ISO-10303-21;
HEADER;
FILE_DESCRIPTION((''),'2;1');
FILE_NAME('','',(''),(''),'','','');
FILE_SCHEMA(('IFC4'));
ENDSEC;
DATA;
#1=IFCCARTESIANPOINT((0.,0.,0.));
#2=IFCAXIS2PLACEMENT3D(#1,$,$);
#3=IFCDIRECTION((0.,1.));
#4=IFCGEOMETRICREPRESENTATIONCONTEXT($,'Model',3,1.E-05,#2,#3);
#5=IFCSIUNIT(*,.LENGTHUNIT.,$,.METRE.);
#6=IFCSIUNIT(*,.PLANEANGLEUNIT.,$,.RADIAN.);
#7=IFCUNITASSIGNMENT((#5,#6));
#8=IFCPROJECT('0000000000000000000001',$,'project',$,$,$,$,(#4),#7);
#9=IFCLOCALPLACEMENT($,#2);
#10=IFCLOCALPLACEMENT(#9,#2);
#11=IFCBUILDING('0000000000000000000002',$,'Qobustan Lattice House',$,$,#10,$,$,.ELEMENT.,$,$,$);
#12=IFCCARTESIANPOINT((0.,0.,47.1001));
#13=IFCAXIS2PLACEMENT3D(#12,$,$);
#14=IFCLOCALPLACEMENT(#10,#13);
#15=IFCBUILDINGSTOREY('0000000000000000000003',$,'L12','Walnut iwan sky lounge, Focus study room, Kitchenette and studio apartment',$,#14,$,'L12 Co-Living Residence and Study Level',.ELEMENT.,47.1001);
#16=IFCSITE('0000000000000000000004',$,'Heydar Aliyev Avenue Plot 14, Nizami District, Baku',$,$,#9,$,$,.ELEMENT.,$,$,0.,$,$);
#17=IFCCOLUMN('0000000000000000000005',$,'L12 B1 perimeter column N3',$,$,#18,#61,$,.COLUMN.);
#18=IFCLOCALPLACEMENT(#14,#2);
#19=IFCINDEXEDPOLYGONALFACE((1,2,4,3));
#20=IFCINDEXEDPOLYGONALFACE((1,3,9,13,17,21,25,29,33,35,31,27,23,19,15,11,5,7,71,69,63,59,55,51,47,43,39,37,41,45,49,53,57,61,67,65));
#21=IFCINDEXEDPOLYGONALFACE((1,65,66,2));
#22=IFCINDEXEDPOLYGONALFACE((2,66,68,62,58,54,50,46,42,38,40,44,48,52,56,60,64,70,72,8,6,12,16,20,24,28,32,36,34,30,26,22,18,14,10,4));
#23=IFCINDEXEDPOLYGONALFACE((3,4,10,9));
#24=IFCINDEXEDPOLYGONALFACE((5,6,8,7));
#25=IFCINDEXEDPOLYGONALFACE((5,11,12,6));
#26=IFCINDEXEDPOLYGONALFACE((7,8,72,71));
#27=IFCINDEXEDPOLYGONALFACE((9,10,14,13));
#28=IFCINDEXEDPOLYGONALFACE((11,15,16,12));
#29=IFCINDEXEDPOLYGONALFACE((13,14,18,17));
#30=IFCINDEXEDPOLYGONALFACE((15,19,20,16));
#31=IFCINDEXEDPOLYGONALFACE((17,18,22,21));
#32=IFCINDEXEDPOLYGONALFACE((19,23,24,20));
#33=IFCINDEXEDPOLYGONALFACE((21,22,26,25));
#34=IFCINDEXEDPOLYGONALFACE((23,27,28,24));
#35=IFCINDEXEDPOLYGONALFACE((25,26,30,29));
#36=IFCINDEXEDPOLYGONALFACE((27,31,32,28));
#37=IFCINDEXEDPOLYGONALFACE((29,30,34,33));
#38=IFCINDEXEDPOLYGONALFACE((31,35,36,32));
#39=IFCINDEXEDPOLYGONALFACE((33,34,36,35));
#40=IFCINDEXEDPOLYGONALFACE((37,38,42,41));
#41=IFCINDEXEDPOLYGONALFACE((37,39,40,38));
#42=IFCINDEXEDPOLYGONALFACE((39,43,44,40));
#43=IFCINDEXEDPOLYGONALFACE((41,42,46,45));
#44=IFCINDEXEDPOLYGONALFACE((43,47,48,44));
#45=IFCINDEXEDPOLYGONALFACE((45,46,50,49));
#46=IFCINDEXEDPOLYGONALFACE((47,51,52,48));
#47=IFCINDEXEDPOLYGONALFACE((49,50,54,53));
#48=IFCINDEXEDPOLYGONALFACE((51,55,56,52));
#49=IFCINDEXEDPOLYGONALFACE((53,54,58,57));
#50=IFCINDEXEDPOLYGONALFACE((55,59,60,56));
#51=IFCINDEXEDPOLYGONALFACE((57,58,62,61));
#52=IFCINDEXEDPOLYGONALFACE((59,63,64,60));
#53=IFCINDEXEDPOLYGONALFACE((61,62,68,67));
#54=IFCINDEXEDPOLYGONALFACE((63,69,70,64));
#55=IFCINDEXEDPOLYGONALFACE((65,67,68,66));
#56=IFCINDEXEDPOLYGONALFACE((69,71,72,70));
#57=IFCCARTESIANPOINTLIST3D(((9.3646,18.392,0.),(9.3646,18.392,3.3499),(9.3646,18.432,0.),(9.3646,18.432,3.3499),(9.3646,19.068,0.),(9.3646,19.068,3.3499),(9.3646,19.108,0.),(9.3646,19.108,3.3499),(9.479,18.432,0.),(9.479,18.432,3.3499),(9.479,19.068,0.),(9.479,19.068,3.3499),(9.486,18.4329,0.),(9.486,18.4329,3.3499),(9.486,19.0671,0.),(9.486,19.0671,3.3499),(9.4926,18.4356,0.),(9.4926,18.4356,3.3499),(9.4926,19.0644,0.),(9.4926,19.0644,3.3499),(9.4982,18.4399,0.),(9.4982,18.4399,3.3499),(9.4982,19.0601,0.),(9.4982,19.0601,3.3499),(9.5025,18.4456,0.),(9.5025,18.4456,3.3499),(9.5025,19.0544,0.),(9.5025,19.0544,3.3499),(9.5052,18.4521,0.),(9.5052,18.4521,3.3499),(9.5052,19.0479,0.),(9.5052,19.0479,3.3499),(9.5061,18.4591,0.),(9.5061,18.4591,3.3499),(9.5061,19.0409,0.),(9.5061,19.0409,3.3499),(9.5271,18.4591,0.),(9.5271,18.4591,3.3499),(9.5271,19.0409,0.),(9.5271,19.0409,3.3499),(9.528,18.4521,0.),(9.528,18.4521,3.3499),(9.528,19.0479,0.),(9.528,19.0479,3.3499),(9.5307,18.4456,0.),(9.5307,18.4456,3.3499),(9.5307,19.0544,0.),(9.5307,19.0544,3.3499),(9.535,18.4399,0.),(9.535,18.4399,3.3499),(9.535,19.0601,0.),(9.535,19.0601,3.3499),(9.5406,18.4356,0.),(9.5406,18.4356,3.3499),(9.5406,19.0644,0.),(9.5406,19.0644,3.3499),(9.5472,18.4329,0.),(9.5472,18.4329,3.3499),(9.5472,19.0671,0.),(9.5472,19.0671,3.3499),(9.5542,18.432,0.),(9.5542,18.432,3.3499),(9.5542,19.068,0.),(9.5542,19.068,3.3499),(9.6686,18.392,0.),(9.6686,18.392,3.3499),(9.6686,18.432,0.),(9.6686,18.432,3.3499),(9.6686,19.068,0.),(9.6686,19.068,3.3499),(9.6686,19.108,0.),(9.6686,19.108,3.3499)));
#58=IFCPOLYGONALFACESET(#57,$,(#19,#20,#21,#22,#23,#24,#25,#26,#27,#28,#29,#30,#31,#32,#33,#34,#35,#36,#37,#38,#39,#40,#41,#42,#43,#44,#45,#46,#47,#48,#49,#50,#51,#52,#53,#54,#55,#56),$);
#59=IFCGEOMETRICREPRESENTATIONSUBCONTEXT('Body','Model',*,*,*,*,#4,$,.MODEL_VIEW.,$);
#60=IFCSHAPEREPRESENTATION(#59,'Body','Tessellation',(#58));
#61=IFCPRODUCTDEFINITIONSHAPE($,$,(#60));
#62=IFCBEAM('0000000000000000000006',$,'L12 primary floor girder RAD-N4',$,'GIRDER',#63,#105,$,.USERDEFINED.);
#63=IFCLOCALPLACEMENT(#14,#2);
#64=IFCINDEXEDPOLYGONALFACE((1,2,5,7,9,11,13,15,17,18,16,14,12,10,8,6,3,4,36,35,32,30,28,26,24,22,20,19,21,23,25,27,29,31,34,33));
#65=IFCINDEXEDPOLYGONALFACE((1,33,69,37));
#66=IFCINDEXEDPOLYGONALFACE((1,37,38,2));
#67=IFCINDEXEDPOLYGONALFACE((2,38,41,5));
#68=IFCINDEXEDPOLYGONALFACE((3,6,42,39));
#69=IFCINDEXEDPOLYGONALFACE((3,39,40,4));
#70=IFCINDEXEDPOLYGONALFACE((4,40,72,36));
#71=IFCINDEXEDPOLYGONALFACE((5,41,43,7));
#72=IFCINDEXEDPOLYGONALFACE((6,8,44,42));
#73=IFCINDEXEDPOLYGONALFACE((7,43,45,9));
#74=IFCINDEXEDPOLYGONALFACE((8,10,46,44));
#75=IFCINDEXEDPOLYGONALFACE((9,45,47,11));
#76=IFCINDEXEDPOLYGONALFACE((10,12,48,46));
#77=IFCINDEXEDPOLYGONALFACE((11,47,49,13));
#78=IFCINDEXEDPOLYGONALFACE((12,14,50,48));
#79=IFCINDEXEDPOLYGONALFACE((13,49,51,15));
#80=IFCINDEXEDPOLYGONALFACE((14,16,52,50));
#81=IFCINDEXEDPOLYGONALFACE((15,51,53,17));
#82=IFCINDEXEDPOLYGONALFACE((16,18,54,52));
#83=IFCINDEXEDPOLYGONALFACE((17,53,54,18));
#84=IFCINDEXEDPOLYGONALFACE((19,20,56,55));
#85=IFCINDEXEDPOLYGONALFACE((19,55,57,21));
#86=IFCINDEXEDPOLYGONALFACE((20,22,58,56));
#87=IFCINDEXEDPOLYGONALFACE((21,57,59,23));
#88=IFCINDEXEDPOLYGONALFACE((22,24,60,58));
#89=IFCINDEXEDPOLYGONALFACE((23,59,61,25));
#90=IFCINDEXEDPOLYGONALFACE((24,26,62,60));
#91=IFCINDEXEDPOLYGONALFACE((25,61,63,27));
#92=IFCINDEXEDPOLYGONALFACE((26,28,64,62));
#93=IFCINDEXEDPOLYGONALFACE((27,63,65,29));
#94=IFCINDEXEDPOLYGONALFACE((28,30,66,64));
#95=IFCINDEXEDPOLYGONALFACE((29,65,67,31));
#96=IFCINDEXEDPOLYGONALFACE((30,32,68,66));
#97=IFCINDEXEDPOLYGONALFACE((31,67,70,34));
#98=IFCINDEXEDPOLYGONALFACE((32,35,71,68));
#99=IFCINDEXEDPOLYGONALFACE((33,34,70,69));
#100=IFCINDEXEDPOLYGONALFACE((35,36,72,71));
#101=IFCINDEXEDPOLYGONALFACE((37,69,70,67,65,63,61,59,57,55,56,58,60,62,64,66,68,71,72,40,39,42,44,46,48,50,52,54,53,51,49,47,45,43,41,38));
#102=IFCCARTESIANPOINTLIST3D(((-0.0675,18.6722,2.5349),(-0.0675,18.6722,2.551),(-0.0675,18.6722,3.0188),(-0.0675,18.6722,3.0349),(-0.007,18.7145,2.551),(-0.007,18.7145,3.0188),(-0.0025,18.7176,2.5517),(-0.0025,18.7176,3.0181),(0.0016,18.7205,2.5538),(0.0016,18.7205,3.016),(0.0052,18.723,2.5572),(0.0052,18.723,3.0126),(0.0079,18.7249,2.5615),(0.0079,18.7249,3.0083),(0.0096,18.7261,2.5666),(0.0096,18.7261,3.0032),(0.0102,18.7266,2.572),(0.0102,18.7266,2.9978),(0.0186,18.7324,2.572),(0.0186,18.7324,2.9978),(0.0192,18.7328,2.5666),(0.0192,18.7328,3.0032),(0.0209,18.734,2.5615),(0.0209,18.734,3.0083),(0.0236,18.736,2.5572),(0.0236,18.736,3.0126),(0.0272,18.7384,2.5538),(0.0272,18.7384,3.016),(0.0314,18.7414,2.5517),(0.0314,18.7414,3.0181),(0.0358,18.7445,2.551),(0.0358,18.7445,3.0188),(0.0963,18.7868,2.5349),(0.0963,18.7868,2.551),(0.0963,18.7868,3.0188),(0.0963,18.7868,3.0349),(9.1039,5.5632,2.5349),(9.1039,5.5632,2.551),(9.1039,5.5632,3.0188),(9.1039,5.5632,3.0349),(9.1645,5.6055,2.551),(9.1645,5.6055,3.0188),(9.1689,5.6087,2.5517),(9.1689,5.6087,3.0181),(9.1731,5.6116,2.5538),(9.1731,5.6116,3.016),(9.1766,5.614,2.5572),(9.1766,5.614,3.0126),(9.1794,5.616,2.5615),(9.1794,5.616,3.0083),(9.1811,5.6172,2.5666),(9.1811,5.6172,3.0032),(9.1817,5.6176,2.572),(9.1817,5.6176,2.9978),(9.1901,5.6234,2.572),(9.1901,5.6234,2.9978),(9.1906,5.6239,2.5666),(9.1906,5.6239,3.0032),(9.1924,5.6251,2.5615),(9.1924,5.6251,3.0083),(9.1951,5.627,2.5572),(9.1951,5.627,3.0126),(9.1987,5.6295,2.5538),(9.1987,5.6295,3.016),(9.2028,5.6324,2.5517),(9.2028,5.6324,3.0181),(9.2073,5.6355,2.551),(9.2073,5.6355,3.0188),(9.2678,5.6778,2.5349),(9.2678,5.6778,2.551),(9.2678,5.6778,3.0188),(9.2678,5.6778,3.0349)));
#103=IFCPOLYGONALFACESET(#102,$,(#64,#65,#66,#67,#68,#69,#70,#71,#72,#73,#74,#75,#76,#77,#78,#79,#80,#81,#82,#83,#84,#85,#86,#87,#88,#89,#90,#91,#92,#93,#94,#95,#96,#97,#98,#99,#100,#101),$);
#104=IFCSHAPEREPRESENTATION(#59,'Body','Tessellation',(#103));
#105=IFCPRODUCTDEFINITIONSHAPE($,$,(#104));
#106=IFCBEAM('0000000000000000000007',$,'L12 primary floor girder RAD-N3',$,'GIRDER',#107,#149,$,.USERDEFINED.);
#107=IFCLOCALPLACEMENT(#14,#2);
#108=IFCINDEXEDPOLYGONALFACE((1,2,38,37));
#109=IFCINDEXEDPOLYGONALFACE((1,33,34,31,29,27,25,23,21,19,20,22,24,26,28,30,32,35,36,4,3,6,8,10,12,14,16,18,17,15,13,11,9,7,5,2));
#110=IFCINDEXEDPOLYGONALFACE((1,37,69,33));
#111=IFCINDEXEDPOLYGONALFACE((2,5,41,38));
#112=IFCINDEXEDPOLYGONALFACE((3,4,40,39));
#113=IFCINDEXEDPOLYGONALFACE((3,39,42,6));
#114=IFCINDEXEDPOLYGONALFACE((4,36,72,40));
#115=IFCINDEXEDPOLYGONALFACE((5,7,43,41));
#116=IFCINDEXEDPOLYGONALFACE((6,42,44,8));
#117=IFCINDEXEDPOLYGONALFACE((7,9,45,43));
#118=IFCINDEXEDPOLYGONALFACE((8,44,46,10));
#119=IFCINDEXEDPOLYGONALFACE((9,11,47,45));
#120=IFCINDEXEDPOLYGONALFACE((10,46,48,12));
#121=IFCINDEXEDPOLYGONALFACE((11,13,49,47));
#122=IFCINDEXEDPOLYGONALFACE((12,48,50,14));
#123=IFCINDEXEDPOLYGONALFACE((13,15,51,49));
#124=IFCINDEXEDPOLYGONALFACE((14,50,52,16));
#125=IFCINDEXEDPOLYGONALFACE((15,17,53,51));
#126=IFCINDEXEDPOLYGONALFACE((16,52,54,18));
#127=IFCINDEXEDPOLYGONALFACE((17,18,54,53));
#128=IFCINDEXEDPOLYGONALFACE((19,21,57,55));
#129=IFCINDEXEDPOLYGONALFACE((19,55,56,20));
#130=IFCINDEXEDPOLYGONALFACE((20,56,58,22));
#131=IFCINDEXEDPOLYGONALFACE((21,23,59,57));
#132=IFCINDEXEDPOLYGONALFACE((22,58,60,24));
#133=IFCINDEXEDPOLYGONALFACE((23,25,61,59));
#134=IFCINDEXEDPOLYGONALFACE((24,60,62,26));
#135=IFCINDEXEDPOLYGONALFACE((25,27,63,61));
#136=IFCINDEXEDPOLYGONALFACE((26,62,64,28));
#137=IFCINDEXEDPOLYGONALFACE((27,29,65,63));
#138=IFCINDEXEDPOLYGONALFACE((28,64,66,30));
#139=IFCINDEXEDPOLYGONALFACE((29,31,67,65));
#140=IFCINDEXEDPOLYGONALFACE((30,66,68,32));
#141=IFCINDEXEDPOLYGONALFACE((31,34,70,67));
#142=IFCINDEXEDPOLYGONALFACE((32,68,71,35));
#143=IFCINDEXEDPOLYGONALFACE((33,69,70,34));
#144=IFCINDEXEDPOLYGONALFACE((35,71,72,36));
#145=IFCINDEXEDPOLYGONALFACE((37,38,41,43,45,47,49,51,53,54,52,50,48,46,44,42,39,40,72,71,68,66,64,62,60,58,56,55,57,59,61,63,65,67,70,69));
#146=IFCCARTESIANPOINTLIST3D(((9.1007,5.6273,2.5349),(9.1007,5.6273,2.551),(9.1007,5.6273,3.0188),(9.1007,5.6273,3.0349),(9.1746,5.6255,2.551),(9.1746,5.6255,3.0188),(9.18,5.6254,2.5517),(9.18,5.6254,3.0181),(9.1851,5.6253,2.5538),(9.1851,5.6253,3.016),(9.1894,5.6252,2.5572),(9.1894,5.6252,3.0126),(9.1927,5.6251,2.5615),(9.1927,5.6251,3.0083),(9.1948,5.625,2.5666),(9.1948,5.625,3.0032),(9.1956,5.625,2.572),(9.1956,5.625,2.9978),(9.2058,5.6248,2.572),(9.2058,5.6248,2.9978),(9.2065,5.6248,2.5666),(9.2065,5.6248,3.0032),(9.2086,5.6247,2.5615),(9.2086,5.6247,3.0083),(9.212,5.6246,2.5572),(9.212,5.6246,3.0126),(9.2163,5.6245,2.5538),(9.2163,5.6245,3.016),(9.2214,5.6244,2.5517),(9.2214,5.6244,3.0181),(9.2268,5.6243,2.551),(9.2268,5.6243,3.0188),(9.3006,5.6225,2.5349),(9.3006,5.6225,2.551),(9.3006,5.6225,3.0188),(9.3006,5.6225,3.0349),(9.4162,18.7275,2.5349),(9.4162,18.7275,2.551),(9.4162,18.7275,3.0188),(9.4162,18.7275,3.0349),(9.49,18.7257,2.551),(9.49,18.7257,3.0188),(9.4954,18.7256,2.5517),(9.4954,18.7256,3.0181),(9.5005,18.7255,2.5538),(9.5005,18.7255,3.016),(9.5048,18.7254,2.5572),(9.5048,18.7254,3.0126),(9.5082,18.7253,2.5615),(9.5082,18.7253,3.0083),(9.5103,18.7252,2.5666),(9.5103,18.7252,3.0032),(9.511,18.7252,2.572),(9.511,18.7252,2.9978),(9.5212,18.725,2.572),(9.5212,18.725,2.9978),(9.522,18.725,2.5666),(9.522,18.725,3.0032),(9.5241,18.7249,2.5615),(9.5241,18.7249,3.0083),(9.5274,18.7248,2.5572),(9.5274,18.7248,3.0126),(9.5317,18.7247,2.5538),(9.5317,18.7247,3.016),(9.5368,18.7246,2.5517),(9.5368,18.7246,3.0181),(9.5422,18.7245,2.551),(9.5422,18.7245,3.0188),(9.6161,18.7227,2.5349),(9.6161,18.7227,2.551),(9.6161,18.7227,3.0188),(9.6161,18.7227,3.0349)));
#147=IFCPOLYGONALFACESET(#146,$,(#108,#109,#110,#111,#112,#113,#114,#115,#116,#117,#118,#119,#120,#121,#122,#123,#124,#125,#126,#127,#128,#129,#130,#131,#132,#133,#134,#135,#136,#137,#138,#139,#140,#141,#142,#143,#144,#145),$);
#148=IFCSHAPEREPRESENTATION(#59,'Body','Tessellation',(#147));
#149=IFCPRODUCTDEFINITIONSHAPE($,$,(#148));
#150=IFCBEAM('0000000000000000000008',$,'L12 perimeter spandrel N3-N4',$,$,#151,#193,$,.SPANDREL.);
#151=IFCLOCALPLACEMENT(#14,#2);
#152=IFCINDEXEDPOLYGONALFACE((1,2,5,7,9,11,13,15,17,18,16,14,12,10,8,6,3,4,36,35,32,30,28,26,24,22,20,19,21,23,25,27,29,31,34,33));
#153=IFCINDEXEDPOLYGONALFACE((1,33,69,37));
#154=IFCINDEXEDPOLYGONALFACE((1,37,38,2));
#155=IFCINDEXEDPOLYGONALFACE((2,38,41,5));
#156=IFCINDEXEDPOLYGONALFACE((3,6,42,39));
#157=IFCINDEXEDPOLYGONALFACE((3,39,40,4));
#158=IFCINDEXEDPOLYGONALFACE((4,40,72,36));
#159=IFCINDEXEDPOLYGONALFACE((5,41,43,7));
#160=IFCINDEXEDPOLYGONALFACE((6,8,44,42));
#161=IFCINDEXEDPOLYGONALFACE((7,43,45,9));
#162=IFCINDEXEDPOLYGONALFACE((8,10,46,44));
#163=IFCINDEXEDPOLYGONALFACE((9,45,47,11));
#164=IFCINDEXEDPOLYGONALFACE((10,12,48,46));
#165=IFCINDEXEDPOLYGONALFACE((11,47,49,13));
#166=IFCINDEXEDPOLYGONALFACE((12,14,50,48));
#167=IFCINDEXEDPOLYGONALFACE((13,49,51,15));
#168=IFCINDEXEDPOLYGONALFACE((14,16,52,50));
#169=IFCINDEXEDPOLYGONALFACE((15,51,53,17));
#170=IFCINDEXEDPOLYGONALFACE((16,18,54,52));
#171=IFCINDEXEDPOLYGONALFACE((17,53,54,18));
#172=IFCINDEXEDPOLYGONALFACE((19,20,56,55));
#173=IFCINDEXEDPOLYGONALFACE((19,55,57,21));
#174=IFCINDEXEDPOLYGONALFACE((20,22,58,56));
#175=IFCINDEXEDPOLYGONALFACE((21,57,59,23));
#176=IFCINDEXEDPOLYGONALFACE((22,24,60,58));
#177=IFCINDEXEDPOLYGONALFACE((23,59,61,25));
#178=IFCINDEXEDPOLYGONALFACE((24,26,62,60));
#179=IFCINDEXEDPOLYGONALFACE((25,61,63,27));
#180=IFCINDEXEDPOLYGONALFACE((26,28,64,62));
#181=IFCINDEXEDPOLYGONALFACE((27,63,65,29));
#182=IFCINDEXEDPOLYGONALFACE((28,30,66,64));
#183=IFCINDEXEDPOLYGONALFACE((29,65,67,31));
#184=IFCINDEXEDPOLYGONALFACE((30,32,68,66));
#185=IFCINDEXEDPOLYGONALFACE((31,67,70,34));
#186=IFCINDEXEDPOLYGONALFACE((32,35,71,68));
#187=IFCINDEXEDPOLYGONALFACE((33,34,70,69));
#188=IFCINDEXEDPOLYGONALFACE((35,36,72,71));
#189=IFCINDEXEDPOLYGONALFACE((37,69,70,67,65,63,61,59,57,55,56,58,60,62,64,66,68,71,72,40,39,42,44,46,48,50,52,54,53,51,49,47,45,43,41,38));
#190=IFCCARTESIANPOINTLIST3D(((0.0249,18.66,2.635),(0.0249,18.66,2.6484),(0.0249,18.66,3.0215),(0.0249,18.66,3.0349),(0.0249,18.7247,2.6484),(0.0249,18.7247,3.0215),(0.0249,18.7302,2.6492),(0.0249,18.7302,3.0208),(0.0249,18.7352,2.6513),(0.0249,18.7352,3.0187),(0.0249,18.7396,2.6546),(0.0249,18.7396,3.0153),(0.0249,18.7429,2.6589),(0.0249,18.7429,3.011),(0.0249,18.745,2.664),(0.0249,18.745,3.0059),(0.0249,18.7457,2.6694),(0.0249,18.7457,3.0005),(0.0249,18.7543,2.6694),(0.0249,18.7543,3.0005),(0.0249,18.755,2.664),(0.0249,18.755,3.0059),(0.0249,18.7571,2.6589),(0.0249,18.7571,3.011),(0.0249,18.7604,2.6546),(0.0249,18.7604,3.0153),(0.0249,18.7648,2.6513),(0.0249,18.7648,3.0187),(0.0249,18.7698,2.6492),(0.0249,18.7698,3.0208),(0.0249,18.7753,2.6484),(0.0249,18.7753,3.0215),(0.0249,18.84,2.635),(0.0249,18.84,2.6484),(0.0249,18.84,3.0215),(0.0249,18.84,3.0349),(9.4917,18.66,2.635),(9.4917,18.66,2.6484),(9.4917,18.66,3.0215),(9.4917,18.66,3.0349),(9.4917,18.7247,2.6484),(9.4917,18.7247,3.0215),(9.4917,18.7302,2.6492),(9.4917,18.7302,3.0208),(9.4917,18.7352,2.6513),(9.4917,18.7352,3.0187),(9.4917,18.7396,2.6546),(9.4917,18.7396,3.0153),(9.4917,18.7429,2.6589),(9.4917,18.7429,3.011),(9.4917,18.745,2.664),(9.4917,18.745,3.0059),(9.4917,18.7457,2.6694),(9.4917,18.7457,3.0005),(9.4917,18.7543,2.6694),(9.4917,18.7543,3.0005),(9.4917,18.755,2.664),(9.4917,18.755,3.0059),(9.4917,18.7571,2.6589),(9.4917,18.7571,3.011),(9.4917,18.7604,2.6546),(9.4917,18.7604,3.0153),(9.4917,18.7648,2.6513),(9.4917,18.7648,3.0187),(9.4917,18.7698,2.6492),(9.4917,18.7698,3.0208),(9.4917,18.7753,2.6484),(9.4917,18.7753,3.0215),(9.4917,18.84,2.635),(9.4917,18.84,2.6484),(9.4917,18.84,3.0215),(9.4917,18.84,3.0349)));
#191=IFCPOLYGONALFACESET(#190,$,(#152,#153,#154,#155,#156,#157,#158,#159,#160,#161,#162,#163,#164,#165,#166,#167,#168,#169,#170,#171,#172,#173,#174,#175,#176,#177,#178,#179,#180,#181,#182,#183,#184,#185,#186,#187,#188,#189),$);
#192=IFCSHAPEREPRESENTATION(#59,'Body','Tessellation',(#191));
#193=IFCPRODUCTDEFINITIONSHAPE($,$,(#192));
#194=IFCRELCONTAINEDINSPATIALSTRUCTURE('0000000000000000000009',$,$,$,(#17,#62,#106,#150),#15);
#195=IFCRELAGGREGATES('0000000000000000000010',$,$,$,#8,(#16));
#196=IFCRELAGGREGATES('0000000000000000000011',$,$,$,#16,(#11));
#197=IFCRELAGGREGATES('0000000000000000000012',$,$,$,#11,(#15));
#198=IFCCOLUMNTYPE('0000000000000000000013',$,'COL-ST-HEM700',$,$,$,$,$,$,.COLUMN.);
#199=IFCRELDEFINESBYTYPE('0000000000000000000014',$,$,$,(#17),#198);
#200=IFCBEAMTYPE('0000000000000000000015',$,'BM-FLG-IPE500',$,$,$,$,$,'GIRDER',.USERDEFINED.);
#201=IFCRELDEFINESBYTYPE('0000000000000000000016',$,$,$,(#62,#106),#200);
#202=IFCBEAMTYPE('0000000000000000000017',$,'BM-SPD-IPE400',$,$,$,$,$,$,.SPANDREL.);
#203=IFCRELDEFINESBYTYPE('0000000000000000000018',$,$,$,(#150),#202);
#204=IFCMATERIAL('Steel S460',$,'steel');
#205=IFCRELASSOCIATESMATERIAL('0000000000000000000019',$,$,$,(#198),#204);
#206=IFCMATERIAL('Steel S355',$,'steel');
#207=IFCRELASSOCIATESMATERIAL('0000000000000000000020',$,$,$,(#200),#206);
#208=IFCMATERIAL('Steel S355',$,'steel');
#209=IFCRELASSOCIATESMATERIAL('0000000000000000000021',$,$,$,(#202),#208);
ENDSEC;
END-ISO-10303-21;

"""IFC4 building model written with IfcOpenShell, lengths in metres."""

from ifc_helpers import new_model, si_unit, direction, frame, origin, origin_2d, place, context, subcontext, project, spatial, i_section, extrude, material, material_profile, profile_set, type_object, element, save


model = new_model("IFC4")

# Units and contexts
model_context = context("Model", 3, precision=1e-05, world=origin(), true_north=direction((0.0, 1.0)))
body_context = subcontext(model_context, "Body", "Model", "MODEL_VIEW")
ifc_project = project(units=[si_unit("LENGTHUNIT", "METRE"), si_unit("PLANEANGLEUNIT", "RADIAN")], contexts=[model_context])

# Site, building, storey
site_placement = place(None, origin())
site = spatial("IfcSite", under=ifc_project, at=site_placement, Name="Heydar Aliyev Avenue Plot 14, Nizami District, Baku", CompositionType="ELEMENT", RefElevation=0.0)
building_placement = place(site_placement, origin())
building = spatial("IfcBuilding", under=site, at=building_placement, Name="Qobustan Lattice House", CompositionType="ELEMENT")
storey_placement = place(building_placement, frame((0.0, 0.0, 47.1001)))
storey = spatial("IfcBuildingStorey", under=building, at=storey_placement, Name="L12", Description="Walnut iwan sky lounge, Focus study room, Kitchenette and studio apartment", LongName="L12 Co-Living Residence and Study Level", CompositionType="ELEMENT", Elevation=47.1001)

# Column
ifc_material_1 = material(Name="Steel S460", Category="steel")
ifc_material_profile_1 = material_profile(ifc_material_1, i_section(OverallWidth=0.304, OverallDepth=0.7161, WebThickness=0.021, FlangeThickness=0.04, FilletRadius=0.0271, at=origin_2d()), Name="HEM700")
ifc_profile_set_1 = profile_set([ifc_material_profile_1], Name="Steel S460")
column_type = type_object("IfcColumnType", Name="COL-ST-HEM700", PredefinedType="COLUMN", material=ifc_profile_set_1)
column_placement = place(storey_placement, frame((9.5166, 18.75, 0.0), z_axis=(0.0, 0.0, 1.0), x_axis=(1.0, 0.0, 0.0)))
element("IfcColumn", 1, at=column_placement, inside=storey, type_object=column_type, Name="L12 B1 perimeter column N3", PredefinedType="COLUMN", context=body_context, shape_type="SweptSolid", body=[
    extrude(i_section(OverallWidth=0.304, OverallDepth=0.7161, WebThickness=0.021, FlangeThickness=0.04, FilletRadius=0.0271, at=origin_2d()), origin(), (0.0, 0.0, 1.0), 3.3499),
])

# Beams
ifc_material_2 = material(Name="Steel S355", Category="steel")
ifc_material_profile_2 = material_profile(ifc_material_2, i_section(OverallWidth=0.2, OverallDepth=0.5, WebThickness=0.0103, FlangeThickness=0.0161, FilletRadius=0.021, at=origin_2d()), Name="IPE500")
ifc_profile_set_2 = profile_set([ifc_material_profile_2], Name="Steel S355")
beam_type_1 = type_object("IfcBeamType", Name="BM-FLG-IPE500", ElementType="GIRDER", PredefinedType="USERDEFINED", material=ifc_profile_set_2)
beam_1_placement = place(storey_placement, frame((0.0144, 18.7295, 2.7849), z_axis=(0.57326, -0.819374, 0.0), x_axis=(0.819374, 0.57326, 0.0)))
element("IfcBeam", 2, at=beam_1_placement, inside=storey, type_object=beam_type_1, Name="L12 primary floor girder RAD-N4", ObjectType="GIRDER", PredefinedType="USERDEFINED", context=body_context, shape_type="SweptSolid", body=[
    extrude(i_section(OverallWidth=0.2, OverallDepth=0.5, WebThickness=0.0103, FlangeThickness=0.0161, FilletRadius=0.021, at=origin_2d()), origin(), (0.0, 0.0, 1.0), 15.9988),
])
beam_2_placement = place(storey_placement, frame((9.5161, 18.7251, 2.7849), z_axis=(-0.024071, -0.99971, 0.0), x_axis=(0.99971, -0.024071, 0.0)))
element("IfcBeam", 3, at=beam_2_placement, inside=storey, type_object=beam_type_1, Name="L12 primary floor girder RAD-N3", ObjectType="GIRDER", PredefinedType="USERDEFINED", context=body_context, shape_type="SweptSolid", body=[
    extrude(i_section(OverallWidth=0.2, OverallDepth=0.5, WebThickness=0.0103, FlangeThickness=0.0161, FilletRadius=0.021, at=origin_2d()), origin(), (0.0, 0.0, 1.0), 13.104),
])
ifc_material_3 = material(Name="Steel S355", Category="steel")
ifc_material_profile_3 = material_profile(ifc_material_3, i_section(OverallWidth=0.1799, OverallDepth=0.3999, WebThickness=0.0085, FlangeThickness=0.0134, FilletRadius=0.021, at=origin_2d()), Name="IPE400")
ifc_profile_set_3 = profile_set([ifc_material_profile_3], Name="Steel S355")
beam_type_2 = type_object("IfcBeamType", Name="BM-SPD-IPE400", PredefinedType="SPANDREL", material=ifc_profile_set_3)
beam_3_placement = place(storey_placement, frame((9.4917, 18.75, 2.835), z_axis=(-1.0, 0.0, 0.0), x_axis=(0.0, -1.0, 0.0)))
element("IfcBeam", 4, at=beam_3_placement, inside=storey, type_object=beam_type_2, Name="L12 perimeter spandrel N3-N4", PredefinedType="SPANDREL", context=body_context, shape_type="SweptSolid", body=[
    extrude(i_section(OverallWidth=0.1799, OverallDepth=0.3999, WebThickness=0.0085, FlangeThickness=0.0134, FilletRadius=0.021, at=origin_2d()), origin(), (0.0, 0.0, 1.0), 9.4668),
])

save(model, "model.ifc")
